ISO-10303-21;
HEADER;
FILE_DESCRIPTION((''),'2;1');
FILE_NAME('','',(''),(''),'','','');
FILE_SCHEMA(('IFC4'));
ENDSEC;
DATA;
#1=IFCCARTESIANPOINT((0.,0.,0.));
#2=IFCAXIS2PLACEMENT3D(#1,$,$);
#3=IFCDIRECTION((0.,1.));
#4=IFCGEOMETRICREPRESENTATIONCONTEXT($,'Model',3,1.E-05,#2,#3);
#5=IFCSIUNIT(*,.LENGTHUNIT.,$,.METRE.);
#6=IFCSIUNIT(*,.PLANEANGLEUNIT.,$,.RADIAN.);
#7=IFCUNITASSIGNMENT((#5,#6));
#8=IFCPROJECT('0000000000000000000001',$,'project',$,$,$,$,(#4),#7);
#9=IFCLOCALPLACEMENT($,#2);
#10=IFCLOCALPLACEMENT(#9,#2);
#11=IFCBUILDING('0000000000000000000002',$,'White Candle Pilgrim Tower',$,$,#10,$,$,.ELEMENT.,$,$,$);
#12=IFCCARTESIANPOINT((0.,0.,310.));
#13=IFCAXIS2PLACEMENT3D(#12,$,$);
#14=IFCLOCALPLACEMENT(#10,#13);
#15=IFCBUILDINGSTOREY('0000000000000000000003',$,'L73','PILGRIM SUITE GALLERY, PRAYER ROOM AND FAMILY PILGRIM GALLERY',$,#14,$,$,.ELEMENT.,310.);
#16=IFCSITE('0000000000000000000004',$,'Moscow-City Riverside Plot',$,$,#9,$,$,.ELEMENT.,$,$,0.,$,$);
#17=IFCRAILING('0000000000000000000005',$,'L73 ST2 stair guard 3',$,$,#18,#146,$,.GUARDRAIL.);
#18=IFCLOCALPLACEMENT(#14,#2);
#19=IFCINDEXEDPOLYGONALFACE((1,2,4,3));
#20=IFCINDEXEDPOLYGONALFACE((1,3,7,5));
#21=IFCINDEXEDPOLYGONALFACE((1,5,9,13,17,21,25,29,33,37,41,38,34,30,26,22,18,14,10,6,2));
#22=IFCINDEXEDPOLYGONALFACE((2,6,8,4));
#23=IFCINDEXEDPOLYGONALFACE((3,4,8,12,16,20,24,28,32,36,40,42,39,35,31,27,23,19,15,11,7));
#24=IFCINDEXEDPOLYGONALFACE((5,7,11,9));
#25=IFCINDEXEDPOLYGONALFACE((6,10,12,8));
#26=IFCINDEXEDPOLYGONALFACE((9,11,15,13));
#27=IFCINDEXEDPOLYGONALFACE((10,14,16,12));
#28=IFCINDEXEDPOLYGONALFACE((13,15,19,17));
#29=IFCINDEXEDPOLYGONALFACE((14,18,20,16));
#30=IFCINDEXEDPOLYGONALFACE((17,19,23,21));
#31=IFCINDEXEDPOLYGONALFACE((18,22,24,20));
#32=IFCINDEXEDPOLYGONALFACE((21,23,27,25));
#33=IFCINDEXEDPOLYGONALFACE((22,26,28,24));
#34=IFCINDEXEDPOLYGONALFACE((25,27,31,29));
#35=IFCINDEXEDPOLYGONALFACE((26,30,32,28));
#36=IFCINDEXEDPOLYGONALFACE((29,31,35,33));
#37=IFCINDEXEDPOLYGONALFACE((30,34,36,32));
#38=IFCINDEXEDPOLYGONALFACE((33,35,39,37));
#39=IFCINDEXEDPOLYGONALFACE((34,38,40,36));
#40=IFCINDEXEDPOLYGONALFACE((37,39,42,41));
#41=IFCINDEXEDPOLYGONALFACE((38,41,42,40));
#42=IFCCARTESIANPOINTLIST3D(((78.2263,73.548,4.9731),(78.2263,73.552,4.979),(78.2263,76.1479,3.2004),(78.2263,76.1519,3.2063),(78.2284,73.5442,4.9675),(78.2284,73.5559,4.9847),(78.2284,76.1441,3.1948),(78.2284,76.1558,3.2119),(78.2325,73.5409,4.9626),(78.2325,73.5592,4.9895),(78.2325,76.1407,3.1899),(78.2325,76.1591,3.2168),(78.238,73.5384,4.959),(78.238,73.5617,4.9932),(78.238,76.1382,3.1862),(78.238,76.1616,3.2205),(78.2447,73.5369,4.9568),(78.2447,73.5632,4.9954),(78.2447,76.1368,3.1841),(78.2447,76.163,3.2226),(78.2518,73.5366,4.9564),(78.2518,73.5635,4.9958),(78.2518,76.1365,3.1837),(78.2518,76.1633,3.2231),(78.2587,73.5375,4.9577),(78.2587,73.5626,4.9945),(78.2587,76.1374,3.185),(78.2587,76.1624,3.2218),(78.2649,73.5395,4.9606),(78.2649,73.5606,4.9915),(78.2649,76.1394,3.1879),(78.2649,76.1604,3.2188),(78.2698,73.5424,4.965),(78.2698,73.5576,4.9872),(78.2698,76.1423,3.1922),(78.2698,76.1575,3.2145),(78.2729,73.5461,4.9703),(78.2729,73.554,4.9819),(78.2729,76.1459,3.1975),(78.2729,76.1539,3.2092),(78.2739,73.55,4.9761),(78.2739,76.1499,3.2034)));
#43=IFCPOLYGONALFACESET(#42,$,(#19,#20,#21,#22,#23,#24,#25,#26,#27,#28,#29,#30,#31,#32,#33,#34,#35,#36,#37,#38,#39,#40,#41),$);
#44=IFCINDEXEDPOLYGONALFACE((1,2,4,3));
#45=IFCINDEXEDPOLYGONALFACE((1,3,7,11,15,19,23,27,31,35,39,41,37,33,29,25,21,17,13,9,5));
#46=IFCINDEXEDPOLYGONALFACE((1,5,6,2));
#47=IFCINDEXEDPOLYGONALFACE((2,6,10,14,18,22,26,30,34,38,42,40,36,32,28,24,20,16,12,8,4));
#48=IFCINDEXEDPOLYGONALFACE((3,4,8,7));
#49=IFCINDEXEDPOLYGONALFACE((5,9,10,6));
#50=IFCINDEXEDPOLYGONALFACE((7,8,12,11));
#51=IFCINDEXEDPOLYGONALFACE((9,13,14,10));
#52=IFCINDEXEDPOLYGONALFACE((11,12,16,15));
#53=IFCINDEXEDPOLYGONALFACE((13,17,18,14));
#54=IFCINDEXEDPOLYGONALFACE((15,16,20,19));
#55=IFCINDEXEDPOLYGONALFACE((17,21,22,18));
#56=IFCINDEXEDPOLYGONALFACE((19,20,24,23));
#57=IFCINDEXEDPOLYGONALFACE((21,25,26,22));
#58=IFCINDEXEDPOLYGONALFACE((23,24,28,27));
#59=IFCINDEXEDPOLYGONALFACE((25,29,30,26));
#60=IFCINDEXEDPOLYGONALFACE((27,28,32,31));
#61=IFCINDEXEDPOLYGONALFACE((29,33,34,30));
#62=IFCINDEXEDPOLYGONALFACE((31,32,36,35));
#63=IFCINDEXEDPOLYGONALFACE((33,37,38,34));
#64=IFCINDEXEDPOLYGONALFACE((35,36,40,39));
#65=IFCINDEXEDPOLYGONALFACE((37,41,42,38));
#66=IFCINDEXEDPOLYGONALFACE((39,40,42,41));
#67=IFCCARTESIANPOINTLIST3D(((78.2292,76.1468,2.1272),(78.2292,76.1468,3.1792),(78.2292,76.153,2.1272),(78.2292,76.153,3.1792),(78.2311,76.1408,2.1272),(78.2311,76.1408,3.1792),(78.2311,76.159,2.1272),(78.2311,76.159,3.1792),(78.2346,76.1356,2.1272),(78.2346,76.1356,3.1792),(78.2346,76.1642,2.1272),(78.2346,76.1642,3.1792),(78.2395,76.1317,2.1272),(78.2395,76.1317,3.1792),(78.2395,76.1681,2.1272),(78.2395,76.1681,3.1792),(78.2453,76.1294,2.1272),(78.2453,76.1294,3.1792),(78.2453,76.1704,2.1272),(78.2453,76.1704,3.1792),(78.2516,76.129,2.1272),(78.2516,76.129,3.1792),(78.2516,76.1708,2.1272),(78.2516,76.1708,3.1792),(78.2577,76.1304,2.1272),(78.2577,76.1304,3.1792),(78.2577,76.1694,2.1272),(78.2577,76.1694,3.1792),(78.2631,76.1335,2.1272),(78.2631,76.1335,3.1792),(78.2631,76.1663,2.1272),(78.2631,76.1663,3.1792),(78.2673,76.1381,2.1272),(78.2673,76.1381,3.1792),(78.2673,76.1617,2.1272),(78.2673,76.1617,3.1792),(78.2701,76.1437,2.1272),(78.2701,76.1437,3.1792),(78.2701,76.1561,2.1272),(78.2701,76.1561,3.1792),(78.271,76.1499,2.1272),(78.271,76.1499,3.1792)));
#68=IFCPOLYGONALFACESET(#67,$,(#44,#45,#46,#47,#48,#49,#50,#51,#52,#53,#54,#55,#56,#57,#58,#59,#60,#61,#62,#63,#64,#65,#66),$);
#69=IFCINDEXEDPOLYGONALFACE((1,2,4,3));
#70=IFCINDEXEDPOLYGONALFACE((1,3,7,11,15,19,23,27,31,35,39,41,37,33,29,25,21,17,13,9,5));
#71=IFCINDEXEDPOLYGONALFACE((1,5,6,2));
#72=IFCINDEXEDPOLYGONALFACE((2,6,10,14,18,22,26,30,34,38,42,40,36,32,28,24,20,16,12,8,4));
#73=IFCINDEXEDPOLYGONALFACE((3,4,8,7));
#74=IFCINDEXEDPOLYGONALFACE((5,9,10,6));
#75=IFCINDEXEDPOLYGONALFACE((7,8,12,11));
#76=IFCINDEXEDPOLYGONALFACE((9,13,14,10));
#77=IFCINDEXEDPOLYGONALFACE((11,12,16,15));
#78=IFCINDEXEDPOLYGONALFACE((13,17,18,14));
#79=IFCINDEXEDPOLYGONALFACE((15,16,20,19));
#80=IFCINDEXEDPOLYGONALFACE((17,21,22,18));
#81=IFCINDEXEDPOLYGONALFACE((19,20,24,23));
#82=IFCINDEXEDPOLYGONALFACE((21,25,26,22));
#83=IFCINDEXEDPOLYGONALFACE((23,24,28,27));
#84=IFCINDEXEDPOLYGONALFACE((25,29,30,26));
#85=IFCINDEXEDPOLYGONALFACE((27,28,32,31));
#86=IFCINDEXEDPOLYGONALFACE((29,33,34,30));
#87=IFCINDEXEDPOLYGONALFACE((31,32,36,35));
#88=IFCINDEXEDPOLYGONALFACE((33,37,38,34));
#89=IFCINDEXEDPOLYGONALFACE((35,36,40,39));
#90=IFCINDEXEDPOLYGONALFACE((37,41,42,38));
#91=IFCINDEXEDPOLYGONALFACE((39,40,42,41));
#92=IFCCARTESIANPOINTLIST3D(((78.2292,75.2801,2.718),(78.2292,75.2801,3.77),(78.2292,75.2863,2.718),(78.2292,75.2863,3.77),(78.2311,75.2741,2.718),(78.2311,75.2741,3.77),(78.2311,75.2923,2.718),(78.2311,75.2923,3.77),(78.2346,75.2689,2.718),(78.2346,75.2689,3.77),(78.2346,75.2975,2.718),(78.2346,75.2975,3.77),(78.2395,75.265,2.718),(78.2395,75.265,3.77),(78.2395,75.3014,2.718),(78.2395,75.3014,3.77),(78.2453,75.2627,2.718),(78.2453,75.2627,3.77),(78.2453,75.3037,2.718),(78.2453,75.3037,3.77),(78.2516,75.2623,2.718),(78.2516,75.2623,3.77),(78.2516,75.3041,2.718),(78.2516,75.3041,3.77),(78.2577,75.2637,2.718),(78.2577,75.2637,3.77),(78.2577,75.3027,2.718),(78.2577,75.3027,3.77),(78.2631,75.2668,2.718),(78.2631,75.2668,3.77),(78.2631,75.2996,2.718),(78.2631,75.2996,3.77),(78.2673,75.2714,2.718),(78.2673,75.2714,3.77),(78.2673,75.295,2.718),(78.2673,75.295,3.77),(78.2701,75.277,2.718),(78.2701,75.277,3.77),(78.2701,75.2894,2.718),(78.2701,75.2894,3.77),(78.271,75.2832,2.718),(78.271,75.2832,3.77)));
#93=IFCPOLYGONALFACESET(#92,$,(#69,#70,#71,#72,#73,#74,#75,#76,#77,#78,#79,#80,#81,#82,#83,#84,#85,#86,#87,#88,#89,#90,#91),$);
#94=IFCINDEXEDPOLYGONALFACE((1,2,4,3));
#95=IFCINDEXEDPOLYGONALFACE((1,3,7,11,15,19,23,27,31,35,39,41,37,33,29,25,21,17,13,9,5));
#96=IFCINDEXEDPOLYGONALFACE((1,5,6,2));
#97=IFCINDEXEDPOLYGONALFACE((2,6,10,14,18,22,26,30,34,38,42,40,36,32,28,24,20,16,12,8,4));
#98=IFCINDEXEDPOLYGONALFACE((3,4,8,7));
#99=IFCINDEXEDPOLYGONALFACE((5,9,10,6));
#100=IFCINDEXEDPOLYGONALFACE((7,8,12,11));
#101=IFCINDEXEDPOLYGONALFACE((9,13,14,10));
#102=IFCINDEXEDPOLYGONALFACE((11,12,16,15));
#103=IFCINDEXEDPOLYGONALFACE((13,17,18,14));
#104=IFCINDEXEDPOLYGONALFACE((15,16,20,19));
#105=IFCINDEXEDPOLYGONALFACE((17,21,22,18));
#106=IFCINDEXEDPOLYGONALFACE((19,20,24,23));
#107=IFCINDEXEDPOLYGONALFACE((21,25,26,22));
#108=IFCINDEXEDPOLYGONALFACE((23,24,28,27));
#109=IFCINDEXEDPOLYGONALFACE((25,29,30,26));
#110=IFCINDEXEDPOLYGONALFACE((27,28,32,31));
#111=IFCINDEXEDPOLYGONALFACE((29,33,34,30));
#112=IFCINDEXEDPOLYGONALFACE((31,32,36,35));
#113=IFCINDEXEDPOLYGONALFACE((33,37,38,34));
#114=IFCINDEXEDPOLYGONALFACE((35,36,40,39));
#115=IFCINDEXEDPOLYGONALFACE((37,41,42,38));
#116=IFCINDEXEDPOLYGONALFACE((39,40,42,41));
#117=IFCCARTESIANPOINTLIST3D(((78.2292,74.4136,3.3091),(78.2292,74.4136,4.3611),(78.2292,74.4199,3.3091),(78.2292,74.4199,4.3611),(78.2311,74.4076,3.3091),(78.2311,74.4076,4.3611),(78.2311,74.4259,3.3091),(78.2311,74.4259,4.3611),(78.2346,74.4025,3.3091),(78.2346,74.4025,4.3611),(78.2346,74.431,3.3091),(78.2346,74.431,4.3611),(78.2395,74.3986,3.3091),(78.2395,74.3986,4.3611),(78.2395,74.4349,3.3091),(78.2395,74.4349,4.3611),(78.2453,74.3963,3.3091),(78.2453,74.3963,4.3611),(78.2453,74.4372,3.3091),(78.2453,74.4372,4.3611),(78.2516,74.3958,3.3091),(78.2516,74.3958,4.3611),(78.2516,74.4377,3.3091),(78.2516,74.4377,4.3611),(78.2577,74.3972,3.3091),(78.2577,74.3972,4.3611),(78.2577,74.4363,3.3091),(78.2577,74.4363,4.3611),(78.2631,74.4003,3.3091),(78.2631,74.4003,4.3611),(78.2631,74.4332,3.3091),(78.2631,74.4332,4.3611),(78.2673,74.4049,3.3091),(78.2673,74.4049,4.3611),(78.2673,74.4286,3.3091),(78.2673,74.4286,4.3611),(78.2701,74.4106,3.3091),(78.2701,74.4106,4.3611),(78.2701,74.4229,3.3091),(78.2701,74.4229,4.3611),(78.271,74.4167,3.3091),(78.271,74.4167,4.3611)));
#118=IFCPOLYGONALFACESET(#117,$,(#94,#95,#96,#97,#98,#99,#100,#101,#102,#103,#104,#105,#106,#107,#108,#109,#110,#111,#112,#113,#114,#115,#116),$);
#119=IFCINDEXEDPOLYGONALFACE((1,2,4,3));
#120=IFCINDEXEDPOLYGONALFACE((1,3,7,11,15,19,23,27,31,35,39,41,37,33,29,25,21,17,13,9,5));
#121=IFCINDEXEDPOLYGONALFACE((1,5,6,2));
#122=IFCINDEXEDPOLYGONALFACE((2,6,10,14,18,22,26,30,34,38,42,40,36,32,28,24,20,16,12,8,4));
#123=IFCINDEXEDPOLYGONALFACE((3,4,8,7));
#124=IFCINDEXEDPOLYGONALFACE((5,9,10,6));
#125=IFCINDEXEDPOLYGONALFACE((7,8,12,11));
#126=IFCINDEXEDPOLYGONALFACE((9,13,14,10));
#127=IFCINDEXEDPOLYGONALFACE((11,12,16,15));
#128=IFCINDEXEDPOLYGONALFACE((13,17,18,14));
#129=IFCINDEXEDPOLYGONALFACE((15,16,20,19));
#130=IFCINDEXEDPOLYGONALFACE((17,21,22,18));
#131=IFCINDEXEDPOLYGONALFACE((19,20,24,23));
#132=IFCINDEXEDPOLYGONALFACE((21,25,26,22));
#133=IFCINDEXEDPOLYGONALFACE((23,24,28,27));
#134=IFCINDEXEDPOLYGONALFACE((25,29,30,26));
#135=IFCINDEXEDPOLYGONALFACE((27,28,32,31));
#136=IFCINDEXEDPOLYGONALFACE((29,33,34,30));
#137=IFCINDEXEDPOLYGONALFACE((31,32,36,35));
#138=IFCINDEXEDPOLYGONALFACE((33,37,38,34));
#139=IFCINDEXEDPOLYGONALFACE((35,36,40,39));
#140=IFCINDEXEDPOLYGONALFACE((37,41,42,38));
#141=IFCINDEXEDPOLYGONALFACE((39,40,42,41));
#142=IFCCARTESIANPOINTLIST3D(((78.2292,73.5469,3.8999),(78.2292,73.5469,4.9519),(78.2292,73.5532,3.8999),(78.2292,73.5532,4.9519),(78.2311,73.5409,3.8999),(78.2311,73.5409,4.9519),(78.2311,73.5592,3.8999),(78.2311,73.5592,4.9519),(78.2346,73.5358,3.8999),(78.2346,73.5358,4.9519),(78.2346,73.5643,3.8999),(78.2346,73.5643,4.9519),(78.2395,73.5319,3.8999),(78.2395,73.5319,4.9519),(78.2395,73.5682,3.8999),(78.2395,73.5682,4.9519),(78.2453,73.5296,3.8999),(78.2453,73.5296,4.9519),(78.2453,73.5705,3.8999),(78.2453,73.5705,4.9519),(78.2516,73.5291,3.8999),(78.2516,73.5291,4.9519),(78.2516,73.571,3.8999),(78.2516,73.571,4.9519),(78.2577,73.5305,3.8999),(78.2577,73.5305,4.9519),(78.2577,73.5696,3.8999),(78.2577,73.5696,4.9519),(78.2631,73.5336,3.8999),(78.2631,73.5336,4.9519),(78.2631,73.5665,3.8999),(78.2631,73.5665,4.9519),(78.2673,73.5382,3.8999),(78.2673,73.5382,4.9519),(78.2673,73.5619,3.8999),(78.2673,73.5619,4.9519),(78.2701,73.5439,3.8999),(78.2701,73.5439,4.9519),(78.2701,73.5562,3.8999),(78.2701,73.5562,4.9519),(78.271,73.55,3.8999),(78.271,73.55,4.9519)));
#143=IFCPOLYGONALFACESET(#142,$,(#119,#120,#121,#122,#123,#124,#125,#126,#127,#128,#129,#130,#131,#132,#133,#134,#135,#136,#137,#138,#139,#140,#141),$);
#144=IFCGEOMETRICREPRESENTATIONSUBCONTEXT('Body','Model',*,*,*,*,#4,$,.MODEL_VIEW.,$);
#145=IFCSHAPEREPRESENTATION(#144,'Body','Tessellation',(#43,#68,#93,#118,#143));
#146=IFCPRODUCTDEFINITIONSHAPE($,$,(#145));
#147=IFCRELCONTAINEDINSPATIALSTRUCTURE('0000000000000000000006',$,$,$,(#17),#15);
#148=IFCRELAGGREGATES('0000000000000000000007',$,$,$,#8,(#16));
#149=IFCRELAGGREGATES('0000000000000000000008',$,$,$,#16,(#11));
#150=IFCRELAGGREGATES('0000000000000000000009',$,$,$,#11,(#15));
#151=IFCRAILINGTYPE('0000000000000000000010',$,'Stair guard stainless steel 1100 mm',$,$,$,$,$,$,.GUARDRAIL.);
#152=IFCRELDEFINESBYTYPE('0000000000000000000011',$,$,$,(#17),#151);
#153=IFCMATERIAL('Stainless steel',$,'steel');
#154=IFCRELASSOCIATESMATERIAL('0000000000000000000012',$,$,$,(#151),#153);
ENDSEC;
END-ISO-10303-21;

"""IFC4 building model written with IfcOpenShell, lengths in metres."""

from ifc_helpers import new_model, si_unit, direction, frame, origin, origin_2d, place, context, subcontext, project, spatial, circle, extrude, material, type_object, element, save


model = new_model("IFC4")

# Units and contexts
model_context = context("Model", 3, precision=1e-05, world=origin(), true_north=direction((0.0, 1.0)))
body_context = subcontext(model_context, "Body", "Model", "MODEL_VIEW")
ifc_project = project(units=[si_unit("LENGTHUNIT", "METRE"), si_unit("PLANEANGLEUNIT", "RADIAN")], contexts=[model_context])

# Site, building, storey
site_placement = place(None, origin())
site = spatial("IfcSite", under=ifc_project, at=site_placement, Name="Moscow-City Riverside Plot", CompositionType="ELEMENT", RefElevation=0.0)
building_placement = place(site_placement, origin())
building = spatial("IfcBuilding", under=site, at=building_placement, Name="White Candle Pilgrim Tower", CompositionType="ELEMENT")
storey_placement = place(building_placement, frame((0.0, 0.0, 310.0)))
storey = spatial("IfcBuildingStorey", under=building, at=storey_placement, Name="L73", Description="PILGRIM SUITE GALLERY, PRAYER ROOM AND FAMILY PILGRIM GALLERY", CompositionType="ELEMENT", Elevation=310.0)

# Railing
ifc_material_1 = material(Name="Stainless steel", Category="steel")
railing_type_1 = type_object("IfcRailingType", Name="Stair guard stainless steel 1100 mm", PredefinedType="GUARDRAIL", material=ifc_material_1)
railing_1_placement = place(storey_placement, frame((78.25, 76.1499, 2.1272)))
element("IfcRailing", 1, at=railing_1_placement, inside=storey, type_object=railing_type_1, Name="L73 ST2 stair guard 3", PredefinedType="GUARDRAIL", context=body_context, shape_type="SweptSolid", body=[
    extrude(circle(Radius=0.0239, at=origin_2d()), frame((0.0, 0.0, 1.0762), z_axis=(0.0, -0.826216, 0.563354), x_axis=(1.0, 0.0, 0.0)), (0.0, 0.0, 1.0), 3.1467),
    extrude(circle(Radius=0.021, at=origin_2d()), origin(), (0.0, 0.0, 1.0), 1.052),
    extrude(circle(Radius=0.021, at=origin_2d()), frame((0.0, -0.8667, 0.5908)), (0.0, 0.0, 1.0), 1.052),
    extrude(circle(Radius=0.021, at=origin_2d()), frame((0.0, -1.7332, 1.1819)), (0.0, 0.0, 1.0), 1.052),
    extrude(circle(Radius=0.021, at=origin_2d()), frame((0.0, -2.5999, 1.7727)), (0.0, 0.0, 1.0), 1.052),
])

save(model, "model.ifc")
